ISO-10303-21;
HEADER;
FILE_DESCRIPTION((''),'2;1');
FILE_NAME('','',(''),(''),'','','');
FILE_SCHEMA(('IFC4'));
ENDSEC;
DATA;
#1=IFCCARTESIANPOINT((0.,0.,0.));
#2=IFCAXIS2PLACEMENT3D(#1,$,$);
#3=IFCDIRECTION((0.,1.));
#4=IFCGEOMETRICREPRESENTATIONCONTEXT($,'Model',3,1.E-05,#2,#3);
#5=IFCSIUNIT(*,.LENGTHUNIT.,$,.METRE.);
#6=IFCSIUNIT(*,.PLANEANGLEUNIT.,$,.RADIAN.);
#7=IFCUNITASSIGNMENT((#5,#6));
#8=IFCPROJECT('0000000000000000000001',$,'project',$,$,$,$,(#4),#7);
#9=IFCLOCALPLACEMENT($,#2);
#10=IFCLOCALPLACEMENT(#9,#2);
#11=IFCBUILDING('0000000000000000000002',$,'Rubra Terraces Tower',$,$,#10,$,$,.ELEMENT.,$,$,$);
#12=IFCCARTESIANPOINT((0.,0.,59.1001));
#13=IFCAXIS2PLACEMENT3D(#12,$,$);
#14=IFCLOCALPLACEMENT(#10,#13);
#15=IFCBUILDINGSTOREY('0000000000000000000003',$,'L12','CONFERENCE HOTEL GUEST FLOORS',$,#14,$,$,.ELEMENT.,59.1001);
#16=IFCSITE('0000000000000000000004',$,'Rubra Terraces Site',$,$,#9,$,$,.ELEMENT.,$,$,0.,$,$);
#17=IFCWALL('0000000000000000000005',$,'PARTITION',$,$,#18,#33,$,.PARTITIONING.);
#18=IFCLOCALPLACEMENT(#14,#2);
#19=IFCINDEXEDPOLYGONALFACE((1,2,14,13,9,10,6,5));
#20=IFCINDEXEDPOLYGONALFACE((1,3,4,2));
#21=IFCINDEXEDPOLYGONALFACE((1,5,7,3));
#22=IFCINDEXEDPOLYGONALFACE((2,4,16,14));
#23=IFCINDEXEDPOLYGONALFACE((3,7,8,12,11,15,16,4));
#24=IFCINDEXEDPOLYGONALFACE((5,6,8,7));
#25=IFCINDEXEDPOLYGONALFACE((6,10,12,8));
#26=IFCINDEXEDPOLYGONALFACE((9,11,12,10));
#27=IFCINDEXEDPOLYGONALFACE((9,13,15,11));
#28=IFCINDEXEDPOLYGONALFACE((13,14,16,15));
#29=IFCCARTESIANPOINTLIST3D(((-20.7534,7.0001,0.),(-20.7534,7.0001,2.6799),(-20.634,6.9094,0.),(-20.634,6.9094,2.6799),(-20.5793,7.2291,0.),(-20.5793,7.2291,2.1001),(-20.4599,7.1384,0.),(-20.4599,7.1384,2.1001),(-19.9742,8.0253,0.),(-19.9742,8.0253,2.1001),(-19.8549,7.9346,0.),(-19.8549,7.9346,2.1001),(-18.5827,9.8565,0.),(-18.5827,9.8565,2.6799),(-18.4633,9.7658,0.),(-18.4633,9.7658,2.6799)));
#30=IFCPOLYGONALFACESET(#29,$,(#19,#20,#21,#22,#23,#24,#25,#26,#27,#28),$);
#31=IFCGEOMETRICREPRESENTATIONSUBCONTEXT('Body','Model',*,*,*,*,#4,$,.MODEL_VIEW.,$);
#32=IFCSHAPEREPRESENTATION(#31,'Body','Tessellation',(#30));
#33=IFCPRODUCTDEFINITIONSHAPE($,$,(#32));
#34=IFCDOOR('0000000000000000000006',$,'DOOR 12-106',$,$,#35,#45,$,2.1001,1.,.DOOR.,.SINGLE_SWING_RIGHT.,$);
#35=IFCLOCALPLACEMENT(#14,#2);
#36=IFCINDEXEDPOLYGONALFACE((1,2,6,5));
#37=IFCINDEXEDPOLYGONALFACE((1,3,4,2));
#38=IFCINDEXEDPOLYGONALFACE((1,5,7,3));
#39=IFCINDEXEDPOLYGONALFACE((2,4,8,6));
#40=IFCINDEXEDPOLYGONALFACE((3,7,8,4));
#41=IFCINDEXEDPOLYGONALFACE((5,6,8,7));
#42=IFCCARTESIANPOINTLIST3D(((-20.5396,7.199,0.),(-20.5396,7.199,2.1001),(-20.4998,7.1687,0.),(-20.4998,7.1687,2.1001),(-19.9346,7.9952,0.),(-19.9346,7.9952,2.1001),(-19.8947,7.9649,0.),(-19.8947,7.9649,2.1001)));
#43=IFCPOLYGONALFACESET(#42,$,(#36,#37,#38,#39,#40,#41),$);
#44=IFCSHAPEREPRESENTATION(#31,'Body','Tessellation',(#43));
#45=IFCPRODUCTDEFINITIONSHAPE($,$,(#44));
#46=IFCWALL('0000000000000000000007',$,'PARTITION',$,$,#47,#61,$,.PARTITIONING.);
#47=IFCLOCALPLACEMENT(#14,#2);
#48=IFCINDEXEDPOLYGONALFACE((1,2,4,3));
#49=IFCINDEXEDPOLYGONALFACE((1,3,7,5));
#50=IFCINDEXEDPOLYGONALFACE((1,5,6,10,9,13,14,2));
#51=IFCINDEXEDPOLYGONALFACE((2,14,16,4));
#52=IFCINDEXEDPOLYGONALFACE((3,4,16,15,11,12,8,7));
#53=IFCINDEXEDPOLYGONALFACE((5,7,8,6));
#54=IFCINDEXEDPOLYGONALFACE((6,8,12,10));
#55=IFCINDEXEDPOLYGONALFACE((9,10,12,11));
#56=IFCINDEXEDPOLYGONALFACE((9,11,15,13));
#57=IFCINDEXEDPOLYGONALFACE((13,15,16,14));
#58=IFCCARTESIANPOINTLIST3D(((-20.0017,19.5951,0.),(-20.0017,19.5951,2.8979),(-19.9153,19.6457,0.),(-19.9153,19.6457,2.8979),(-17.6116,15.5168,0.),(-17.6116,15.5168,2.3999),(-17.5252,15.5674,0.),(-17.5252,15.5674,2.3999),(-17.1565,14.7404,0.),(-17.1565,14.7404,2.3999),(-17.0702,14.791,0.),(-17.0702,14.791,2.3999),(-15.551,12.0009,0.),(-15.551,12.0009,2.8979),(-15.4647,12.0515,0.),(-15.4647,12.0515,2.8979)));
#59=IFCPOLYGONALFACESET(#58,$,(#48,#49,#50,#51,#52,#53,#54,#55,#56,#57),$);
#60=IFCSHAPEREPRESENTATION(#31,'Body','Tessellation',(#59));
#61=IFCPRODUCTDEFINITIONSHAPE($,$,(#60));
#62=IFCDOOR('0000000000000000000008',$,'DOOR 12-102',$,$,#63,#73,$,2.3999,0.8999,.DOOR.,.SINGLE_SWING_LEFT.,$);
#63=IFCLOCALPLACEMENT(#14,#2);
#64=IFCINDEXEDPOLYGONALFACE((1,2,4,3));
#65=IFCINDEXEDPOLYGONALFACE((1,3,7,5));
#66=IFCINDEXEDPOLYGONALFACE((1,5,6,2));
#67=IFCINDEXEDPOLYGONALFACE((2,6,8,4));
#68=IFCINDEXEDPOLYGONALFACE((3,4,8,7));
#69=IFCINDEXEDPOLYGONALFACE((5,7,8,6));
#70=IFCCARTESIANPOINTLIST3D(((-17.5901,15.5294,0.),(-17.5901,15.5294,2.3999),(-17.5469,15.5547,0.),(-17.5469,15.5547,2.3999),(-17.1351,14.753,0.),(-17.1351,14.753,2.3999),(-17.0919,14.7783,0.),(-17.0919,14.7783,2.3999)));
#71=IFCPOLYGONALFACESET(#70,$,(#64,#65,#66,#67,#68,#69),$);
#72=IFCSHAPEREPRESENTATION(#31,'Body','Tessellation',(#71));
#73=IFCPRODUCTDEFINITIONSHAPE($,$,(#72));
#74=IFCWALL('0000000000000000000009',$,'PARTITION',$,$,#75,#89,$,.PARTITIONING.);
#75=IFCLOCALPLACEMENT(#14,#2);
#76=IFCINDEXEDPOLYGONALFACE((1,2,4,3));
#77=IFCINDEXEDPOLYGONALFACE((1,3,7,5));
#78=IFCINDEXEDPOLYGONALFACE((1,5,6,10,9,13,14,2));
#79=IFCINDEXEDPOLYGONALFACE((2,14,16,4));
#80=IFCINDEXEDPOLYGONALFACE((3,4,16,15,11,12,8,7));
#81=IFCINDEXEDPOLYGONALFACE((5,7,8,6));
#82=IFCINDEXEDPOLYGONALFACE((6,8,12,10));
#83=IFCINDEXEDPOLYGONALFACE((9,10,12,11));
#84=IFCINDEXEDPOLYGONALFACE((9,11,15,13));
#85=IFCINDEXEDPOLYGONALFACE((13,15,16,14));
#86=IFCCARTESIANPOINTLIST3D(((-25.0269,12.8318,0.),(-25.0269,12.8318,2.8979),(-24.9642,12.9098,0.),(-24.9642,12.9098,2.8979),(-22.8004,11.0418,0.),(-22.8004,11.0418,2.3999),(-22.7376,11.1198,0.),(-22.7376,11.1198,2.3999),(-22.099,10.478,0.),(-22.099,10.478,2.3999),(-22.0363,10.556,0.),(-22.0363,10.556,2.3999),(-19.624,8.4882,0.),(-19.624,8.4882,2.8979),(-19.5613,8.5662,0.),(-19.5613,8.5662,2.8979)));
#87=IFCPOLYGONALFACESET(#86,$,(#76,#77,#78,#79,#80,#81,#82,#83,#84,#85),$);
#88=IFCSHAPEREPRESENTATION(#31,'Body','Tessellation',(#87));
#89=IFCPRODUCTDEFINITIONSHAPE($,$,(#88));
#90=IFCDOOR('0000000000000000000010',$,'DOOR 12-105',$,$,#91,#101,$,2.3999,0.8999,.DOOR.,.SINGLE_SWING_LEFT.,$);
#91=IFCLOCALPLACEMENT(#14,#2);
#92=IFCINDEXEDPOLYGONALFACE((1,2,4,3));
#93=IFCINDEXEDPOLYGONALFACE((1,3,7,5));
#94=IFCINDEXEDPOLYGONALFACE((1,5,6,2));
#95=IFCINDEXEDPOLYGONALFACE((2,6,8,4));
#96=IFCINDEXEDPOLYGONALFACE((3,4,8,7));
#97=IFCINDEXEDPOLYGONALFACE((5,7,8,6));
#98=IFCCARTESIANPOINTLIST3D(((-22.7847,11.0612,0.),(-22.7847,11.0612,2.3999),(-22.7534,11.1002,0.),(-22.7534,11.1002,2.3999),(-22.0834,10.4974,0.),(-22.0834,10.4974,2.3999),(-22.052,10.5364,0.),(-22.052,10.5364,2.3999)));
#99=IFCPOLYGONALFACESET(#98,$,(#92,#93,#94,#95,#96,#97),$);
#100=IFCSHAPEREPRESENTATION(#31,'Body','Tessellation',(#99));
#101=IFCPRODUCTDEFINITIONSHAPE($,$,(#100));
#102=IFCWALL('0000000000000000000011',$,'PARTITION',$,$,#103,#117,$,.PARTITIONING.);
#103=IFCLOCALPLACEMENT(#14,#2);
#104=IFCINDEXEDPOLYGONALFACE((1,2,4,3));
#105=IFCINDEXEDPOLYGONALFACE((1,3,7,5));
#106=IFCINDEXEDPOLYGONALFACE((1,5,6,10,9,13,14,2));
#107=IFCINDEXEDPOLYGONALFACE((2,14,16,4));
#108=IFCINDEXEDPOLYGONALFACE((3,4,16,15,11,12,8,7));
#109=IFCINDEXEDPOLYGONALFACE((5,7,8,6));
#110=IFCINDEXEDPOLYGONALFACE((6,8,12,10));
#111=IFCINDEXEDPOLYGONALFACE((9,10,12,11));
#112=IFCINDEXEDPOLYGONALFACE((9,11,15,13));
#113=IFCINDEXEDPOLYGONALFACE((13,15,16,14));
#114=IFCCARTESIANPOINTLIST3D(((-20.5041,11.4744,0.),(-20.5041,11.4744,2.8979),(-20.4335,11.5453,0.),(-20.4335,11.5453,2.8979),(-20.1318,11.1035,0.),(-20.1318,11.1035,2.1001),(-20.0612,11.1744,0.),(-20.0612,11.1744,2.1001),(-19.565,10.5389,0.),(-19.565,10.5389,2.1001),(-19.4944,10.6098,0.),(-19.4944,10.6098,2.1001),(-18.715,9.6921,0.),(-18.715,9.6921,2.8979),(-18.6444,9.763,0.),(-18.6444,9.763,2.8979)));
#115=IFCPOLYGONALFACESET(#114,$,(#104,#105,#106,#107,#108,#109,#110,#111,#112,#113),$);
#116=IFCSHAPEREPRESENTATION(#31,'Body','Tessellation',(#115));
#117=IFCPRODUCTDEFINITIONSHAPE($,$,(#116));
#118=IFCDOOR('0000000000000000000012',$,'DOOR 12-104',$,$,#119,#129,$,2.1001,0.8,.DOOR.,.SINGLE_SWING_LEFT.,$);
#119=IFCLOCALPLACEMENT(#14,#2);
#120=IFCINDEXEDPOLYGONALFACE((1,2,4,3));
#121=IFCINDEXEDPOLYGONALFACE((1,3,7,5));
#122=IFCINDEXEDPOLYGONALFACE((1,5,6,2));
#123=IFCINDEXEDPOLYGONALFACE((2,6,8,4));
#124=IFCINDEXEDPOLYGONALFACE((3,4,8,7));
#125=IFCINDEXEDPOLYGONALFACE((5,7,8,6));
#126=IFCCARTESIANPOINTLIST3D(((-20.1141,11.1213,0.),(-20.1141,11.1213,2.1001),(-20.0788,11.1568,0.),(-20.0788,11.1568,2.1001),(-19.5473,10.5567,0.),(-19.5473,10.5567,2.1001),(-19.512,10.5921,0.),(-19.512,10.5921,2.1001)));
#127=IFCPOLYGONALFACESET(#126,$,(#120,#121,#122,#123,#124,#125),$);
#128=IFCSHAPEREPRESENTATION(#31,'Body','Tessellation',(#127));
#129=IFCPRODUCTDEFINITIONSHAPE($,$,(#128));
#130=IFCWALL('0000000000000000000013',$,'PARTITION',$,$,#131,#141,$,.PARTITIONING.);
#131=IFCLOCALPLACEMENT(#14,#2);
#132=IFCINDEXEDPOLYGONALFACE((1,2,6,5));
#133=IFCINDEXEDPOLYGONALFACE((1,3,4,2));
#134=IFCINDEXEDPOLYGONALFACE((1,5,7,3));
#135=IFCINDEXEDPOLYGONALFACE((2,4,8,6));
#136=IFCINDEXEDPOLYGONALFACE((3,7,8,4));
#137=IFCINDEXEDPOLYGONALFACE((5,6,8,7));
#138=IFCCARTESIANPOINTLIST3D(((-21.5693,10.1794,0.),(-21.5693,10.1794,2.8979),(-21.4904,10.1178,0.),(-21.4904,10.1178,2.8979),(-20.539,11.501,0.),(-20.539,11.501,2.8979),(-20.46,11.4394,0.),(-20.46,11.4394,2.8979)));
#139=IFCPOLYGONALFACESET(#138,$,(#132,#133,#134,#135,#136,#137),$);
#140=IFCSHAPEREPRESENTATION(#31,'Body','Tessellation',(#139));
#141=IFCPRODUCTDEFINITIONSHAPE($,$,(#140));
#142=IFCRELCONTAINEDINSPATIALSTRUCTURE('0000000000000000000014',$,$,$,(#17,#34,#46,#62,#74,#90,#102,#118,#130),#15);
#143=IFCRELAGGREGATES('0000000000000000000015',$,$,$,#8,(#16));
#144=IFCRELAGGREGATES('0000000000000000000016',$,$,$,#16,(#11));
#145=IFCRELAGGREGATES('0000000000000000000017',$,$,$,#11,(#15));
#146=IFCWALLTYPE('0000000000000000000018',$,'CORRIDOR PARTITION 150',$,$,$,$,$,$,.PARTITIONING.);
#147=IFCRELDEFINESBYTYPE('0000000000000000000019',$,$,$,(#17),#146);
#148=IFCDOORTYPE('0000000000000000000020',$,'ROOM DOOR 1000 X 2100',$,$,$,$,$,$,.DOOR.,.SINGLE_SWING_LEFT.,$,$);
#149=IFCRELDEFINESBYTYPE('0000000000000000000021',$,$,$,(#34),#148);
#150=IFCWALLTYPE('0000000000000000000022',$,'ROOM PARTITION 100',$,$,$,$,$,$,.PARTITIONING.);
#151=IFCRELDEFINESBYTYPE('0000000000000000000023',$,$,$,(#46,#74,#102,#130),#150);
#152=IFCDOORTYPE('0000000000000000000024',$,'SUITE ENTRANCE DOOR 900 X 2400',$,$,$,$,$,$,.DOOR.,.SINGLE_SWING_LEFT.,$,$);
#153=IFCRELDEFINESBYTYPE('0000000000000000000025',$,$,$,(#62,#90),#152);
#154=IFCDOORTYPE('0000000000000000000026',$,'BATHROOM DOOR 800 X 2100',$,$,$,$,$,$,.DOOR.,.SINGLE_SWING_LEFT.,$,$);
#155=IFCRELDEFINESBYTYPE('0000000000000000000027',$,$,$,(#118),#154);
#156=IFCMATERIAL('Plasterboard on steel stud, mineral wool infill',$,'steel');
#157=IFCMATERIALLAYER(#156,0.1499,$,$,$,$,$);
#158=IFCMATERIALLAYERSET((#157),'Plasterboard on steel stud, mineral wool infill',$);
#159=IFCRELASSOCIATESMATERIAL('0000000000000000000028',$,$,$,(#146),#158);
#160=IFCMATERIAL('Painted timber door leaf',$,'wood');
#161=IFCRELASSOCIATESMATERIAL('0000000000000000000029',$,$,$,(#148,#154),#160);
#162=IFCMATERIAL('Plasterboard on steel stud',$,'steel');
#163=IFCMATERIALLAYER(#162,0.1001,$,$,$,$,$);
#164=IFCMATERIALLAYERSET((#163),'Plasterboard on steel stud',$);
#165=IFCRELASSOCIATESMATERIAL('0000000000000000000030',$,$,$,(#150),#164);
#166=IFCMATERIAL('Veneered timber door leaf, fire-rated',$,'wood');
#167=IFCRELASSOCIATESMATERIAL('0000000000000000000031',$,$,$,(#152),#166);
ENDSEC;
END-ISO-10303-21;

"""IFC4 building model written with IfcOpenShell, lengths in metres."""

from ifc_helpers import new_model, si_unit, direction, frame, frame_2d, origin, place, context, subcontext, project, spatial, rectangle, extrude, material, layer, layer_set, type_object, element, fill, save


model = new_model("IFC4")

# Units and contexts
model_context = context("Model", 3, precision=1e-05, world=origin(), true_north=direction((0.0, 1.0)))
body_context = subcontext(model_context, "Body", "Model", "MODEL_VIEW")
ifc_project = project(units=[si_unit("LENGTHUNIT", "METRE"), si_unit("PLANEANGLEUNIT", "RADIAN")], contexts=[model_context])

# Site, building, storey
site_placement = place(None, origin())
site = spatial("IfcSite", under=ifc_project, at=site_placement, Name="Rubra Terraces Site", CompositionType="ELEMENT", RefElevation=0.0)
building_placement = place(site_placement, origin())
building = spatial("IfcBuilding", under=site, at=building_placement, Name="Rubra Terraces Tower", CompositionType="ELEMENT")
storey_placement = place(building_placement, frame((0.0, 0.0, 59.1001)))
storey = spatial("IfcBuildingStorey", under=building, at=storey_placement, Name="L12", Description="CONFERENCE HOTEL GUEST FLOORS", CompositionType="ELEMENT", Elevation=59.1001)

# Shared definitions
ifc_material_1 = material(Name="Plasterboard on steel stud, mineral wool infill", Category="steel")
ifc_layer_1 = layer(ifc_material_1, 0.1499)
ifc_layer_set_1 = layer_set([ifc_layer_1], Name="Plasterboard on steel stud, mineral wool infill")
wall_type_1 = type_object("IfcWallType", Name="CORRIDOR PARTITION 150", PredefinedType="PARTITIONING", material=ifc_layer_set_1)

# Walls, openings, doors
wall_1_placement = place(storey_placement, frame((-18.5229, 9.8113, 0.0), z_axis=(0.0, 0.0, 1.0), x_axis=(-0.60504, -0.796195, 0.0)))
wall_1 = element("IfcWall", 1, at=wall_1_placement, inside=storey, type_object=wall_type_1, Name="PARTITION", PredefinedType="PARTITIONING", context=body_context, shape_type="SweptSolid", body=[
    extrude(rectangle(XDim=3.5876, YDim=0.1499, at=frame_2d((1.7939, 0.0))), origin(), (0.0, 0.0, 1.0), 2.6799),
])
opening_1_placement = place(wall_1_placement, frame((2.3, 0.0, 0.0)))
opening_1 = element("IfcOpeningElement", 2, at=opening_1_placement, cuts=wall_1, PredefinedType="OPENING", context=body_context, shape_type="SweptSolid", body=[
    extrude(rectangle(XDim=1.0, YDim=2.1001, at=frame_2d((0.5, 1.05))), frame((0.0, 0.085, 0.0), z_axis=(0.0, -1.0, 0.0), x_axis=(1.0, 0.0, 0.0)), (0.0, 0.0, 1.0), 0.1699),
])
ifc_material_2 = material(Name="Painted timber door leaf", Category="wood")
door_type_1 = type_object("IfcDoorType", Name="ROOM DOOR 1000 X 2100", OperationType="SINGLE_SWING_LEFT", PredefinedType="DOOR", material=ifc_material_2)
door_1_placement = place(opening_1_placement, origin())
door_1 = element("IfcDoor", 3, at=door_1_placement, inside=storey, type_object=door_type_1, Name="DOOR 12-106", OperationType="SINGLE_SWING_RIGHT", OverallHeight=2.1001, OverallWidth=1.0, PredefinedType="DOOR", context=body_context, shape_type="SweptSolid", body=[
    extrude(rectangle(XDim=1.0, YDim=2.1001, at=frame_2d((0.5, 1.05))), frame((0.0, 0.0249, 0.0), z_axis=(0.0, -1.0, 0.0), x_axis=(1.0, 0.0, 0.0)), (0.0, 0.0, 1.0), 0.05),
])
fill(opening_1, door_1)
ifc_material_3 = material(Name="Plasterboard on steel stud", Category="steel")
ifc_layer_2 = layer(ifc_material_3, 0.1001)
ifc_layer_set_2 = layer_set([ifc_layer_2], Name="Plasterboard on steel stud")
wall_type_2 = type_object("IfcWallType", Name="ROOM PARTITION 100", PredefinedType="PARTITIONING", material=ifc_layer_set_2)
wall_2_placement = place(storey_placement, frame((-19.9585, 19.6204, 0.0), z_axis=(0.0, 0.0, 1.0), x_axis=(0.505626, -0.862753, 0.0)))
wall_2 = element("IfcWall", 4, at=wall_2_placement, inside=storey, type_object=wall_type_2, Name="PARTITION", PredefinedType="PARTITIONING", context=body_context, shape_type="SweptSolid", body=[
    extrude(rectangle(XDim=8.8022, YDim=0.1001, at=frame_2d((4.4011, 0.0))), origin(), (0.0, 0.0, 1.0), 2.8979),
])
opening_2_placement = place(wall_2_placement, frame((4.7271, 0.0, 0.0)))
opening_2 = element("IfcOpeningElement", 5, at=opening_2_placement, cuts=wall_2, PredefinedType="OPENING", context=body_context, shape_type="SweptSolid", body=[
    extrude(rectangle(XDim=0.8999, YDim=2.3999, at=frame_2d((0.45, 1.2))), frame((0.0, 0.0601, 0.0), z_axis=(0.0, -1.0, 0.0), x_axis=(1.0, 0.0, 0.0)), (0.0, 0.0, 1.0), 0.1201),
])
ifc_material_4 = material(Name="Veneered timber door leaf, fire-rated", Category="wood")
door_type_2 = type_object("IfcDoorType", Name="SUITE ENTRANCE DOOR 900 X 2400", OperationType="SINGLE_SWING_LEFT", PredefinedType="DOOR", material=ifc_material_4)
door_2_placement = place(opening_2_placement, origin())
door_2 = element("IfcDoor", 6, at=door_2_placement, inside=storey, type_object=door_type_2, Name="DOOR 12-102", OperationType="SINGLE_SWING_LEFT", OverallHeight=2.3999, OverallWidth=0.8999, PredefinedType="DOOR", context=body_context, shape_type="SweptSolid", body=[
    extrude(rectangle(XDim=0.8999, YDim=2.3999, at=frame_2d((0.45, 1.2))), frame((0.0, 0.0249, 0.0), z_axis=(0.0, -1.0, 0.0), x_axis=(1.0, 0.0, 0.0)), (0.0, 0.0, 1.0), 0.05),
])
fill(opening_2, door_2)
wall_3_placement = place(storey_placement, frame((-24.9956, 12.8708, 0.0), z_axis=(0.0, 0.0, 1.0), x_axis=(0.779372, -0.626562, 0.0)))
wall_3 = element("IfcWall", 7, at=wall_3_placement, inside=storey, type_object=wall_type_2, Name="PARTITION", PredefinedType="PARTITIONING", context=body_context, shape_type="SweptSolid", body=[
    extrude(rectangle(XDim=6.9324, YDim=0.1001, at=frame_2d((3.4663, 0.0))), origin(), (0.0, 0.0, 1.0), 2.8979),
])
opening_3_placement = place(wall_3_placement, frame((2.8569, 0.0, 0.0)))
opening_3 = element("IfcOpeningElement", 8, at=opening_3_placement, cuts=wall_3, PredefinedType="OPENING", context=body_context, shape_type="SweptSolid", body=[
    extrude(rectangle(XDim=0.8999, YDim=2.3999, at=frame_2d((0.45, 1.2))), frame((0.0, 0.0601, 0.0), z_axis=(0.0, -1.0, 0.0), x_axis=(1.0, 0.0, 0.0)), (0.0, 0.0, 1.0), 0.1201),
])
door_3_placement = place(opening_3_placement, origin())
door_3 = element("IfcDoor", 9, at=door_3_placement, inside=storey, type_object=door_type_2, Name="DOOR 12-105", OperationType="SINGLE_SWING_LEFT", OverallHeight=2.3999, OverallWidth=0.8999, PredefinedType="DOOR", context=body_context, shape_type="SweptSolid", body=[
    extrude(rectangle(XDim=0.8999, YDim=2.3999, at=frame_2d((0.45, 1.2))), frame((0.0, 0.0249, 0.0), z_axis=(0.0, -1.0, 0.0), x_axis=(1.0, 0.0, 0.0)), (0.0, 0.0, 1.0), 0.05),
])
fill(opening_3, door_3)
wall_4_placement = place(storey_placement, frame((-18.6797, 9.7275, 0.0), z_axis=(0.0, 0.0, 1.0), x_axis=(-0.708459, 0.705752, 0.0)))
wall_4 = element("IfcWall", 10, at=wall_4_placement, inside=storey, type_object=wall_type_2, Name="PARTITION", PredefinedType="PARTITIONING", context=body_context, shape_type="SweptSolid", body=[
    extrude(rectangle(XDim=2.5254, YDim=0.1001, at=frame_2d((1.2627, 0.0))), origin(), (0.0, 0.0, 1.0), 2.8979),
])
opening_4_placement = place(wall_4_placement, frame((1.2, 0.0, 0.0)))
opening_4 = element("IfcOpeningElement", 11, at=opening_4_placement, cuts=wall_4, PredefinedType="OPENING", context=body_context, shape_type="SweptSolid", body=[
    extrude(rectangle(XDim=0.8, YDim=2.1001, at=frame_2d((0.3999, 1.05))), frame((0.0, 0.0601, 0.0), z_axis=(0.0, -1.0, 0.0), x_axis=(1.0, 0.0, 0.0)), (0.0, 0.0, 1.0), 0.1201),
])
door_type_3 = type_object("IfcDoorType", Name="BATHROOM DOOR 800 X 2100", OperationType="SINGLE_SWING_LEFT", PredefinedType="DOOR", material=ifc_material_2)
door_4_placement = place(opening_4_placement, origin())
door_4 = element("IfcDoor", 12, at=door_4_placement, inside=storey, type_object=door_type_3, Name="DOOR 12-104", OperationType="SINGLE_SWING_LEFT", OverallHeight=2.1001, OverallWidth=0.8, PredefinedType="DOOR", context=body_context, shape_type="SweptSolid", body=[
    extrude(rectangle(XDim=0.8, YDim=2.1001, at=frame_2d((0.3999, 1.05))), frame((0.0, 0.0249, 0.0), z_axis=(0.0, -1.0, 0.0), x_axis=(1.0, 0.0, 0.0)), (0.0, 0.0, 1.0), 0.05),
])
fill(opening_4, door_4)

# Wall
wall_5_placement = place(storey_placement, frame((-20.4995, 11.4702, 0.0), z_axis=(0.0, 0.0, 1.0), x_axis=(-0.614838, -0.788653, 0.0)))
element("IfcWall", 13, at=wall_5_placement, inside=storey, type_object=wall_type_2, Name="PARTITION", PredefinedType="PARTITIONING", context=body_context, shape_type="SweptSolid", body=[
    extrude(rectangle(XDim=1.6758, YDim=0.1001, at=frame_2d((0.8379, 0.0))), origin(), (0.0, 0.0, 1.0), 2.8979),
])

save(model, "model.ifc")
